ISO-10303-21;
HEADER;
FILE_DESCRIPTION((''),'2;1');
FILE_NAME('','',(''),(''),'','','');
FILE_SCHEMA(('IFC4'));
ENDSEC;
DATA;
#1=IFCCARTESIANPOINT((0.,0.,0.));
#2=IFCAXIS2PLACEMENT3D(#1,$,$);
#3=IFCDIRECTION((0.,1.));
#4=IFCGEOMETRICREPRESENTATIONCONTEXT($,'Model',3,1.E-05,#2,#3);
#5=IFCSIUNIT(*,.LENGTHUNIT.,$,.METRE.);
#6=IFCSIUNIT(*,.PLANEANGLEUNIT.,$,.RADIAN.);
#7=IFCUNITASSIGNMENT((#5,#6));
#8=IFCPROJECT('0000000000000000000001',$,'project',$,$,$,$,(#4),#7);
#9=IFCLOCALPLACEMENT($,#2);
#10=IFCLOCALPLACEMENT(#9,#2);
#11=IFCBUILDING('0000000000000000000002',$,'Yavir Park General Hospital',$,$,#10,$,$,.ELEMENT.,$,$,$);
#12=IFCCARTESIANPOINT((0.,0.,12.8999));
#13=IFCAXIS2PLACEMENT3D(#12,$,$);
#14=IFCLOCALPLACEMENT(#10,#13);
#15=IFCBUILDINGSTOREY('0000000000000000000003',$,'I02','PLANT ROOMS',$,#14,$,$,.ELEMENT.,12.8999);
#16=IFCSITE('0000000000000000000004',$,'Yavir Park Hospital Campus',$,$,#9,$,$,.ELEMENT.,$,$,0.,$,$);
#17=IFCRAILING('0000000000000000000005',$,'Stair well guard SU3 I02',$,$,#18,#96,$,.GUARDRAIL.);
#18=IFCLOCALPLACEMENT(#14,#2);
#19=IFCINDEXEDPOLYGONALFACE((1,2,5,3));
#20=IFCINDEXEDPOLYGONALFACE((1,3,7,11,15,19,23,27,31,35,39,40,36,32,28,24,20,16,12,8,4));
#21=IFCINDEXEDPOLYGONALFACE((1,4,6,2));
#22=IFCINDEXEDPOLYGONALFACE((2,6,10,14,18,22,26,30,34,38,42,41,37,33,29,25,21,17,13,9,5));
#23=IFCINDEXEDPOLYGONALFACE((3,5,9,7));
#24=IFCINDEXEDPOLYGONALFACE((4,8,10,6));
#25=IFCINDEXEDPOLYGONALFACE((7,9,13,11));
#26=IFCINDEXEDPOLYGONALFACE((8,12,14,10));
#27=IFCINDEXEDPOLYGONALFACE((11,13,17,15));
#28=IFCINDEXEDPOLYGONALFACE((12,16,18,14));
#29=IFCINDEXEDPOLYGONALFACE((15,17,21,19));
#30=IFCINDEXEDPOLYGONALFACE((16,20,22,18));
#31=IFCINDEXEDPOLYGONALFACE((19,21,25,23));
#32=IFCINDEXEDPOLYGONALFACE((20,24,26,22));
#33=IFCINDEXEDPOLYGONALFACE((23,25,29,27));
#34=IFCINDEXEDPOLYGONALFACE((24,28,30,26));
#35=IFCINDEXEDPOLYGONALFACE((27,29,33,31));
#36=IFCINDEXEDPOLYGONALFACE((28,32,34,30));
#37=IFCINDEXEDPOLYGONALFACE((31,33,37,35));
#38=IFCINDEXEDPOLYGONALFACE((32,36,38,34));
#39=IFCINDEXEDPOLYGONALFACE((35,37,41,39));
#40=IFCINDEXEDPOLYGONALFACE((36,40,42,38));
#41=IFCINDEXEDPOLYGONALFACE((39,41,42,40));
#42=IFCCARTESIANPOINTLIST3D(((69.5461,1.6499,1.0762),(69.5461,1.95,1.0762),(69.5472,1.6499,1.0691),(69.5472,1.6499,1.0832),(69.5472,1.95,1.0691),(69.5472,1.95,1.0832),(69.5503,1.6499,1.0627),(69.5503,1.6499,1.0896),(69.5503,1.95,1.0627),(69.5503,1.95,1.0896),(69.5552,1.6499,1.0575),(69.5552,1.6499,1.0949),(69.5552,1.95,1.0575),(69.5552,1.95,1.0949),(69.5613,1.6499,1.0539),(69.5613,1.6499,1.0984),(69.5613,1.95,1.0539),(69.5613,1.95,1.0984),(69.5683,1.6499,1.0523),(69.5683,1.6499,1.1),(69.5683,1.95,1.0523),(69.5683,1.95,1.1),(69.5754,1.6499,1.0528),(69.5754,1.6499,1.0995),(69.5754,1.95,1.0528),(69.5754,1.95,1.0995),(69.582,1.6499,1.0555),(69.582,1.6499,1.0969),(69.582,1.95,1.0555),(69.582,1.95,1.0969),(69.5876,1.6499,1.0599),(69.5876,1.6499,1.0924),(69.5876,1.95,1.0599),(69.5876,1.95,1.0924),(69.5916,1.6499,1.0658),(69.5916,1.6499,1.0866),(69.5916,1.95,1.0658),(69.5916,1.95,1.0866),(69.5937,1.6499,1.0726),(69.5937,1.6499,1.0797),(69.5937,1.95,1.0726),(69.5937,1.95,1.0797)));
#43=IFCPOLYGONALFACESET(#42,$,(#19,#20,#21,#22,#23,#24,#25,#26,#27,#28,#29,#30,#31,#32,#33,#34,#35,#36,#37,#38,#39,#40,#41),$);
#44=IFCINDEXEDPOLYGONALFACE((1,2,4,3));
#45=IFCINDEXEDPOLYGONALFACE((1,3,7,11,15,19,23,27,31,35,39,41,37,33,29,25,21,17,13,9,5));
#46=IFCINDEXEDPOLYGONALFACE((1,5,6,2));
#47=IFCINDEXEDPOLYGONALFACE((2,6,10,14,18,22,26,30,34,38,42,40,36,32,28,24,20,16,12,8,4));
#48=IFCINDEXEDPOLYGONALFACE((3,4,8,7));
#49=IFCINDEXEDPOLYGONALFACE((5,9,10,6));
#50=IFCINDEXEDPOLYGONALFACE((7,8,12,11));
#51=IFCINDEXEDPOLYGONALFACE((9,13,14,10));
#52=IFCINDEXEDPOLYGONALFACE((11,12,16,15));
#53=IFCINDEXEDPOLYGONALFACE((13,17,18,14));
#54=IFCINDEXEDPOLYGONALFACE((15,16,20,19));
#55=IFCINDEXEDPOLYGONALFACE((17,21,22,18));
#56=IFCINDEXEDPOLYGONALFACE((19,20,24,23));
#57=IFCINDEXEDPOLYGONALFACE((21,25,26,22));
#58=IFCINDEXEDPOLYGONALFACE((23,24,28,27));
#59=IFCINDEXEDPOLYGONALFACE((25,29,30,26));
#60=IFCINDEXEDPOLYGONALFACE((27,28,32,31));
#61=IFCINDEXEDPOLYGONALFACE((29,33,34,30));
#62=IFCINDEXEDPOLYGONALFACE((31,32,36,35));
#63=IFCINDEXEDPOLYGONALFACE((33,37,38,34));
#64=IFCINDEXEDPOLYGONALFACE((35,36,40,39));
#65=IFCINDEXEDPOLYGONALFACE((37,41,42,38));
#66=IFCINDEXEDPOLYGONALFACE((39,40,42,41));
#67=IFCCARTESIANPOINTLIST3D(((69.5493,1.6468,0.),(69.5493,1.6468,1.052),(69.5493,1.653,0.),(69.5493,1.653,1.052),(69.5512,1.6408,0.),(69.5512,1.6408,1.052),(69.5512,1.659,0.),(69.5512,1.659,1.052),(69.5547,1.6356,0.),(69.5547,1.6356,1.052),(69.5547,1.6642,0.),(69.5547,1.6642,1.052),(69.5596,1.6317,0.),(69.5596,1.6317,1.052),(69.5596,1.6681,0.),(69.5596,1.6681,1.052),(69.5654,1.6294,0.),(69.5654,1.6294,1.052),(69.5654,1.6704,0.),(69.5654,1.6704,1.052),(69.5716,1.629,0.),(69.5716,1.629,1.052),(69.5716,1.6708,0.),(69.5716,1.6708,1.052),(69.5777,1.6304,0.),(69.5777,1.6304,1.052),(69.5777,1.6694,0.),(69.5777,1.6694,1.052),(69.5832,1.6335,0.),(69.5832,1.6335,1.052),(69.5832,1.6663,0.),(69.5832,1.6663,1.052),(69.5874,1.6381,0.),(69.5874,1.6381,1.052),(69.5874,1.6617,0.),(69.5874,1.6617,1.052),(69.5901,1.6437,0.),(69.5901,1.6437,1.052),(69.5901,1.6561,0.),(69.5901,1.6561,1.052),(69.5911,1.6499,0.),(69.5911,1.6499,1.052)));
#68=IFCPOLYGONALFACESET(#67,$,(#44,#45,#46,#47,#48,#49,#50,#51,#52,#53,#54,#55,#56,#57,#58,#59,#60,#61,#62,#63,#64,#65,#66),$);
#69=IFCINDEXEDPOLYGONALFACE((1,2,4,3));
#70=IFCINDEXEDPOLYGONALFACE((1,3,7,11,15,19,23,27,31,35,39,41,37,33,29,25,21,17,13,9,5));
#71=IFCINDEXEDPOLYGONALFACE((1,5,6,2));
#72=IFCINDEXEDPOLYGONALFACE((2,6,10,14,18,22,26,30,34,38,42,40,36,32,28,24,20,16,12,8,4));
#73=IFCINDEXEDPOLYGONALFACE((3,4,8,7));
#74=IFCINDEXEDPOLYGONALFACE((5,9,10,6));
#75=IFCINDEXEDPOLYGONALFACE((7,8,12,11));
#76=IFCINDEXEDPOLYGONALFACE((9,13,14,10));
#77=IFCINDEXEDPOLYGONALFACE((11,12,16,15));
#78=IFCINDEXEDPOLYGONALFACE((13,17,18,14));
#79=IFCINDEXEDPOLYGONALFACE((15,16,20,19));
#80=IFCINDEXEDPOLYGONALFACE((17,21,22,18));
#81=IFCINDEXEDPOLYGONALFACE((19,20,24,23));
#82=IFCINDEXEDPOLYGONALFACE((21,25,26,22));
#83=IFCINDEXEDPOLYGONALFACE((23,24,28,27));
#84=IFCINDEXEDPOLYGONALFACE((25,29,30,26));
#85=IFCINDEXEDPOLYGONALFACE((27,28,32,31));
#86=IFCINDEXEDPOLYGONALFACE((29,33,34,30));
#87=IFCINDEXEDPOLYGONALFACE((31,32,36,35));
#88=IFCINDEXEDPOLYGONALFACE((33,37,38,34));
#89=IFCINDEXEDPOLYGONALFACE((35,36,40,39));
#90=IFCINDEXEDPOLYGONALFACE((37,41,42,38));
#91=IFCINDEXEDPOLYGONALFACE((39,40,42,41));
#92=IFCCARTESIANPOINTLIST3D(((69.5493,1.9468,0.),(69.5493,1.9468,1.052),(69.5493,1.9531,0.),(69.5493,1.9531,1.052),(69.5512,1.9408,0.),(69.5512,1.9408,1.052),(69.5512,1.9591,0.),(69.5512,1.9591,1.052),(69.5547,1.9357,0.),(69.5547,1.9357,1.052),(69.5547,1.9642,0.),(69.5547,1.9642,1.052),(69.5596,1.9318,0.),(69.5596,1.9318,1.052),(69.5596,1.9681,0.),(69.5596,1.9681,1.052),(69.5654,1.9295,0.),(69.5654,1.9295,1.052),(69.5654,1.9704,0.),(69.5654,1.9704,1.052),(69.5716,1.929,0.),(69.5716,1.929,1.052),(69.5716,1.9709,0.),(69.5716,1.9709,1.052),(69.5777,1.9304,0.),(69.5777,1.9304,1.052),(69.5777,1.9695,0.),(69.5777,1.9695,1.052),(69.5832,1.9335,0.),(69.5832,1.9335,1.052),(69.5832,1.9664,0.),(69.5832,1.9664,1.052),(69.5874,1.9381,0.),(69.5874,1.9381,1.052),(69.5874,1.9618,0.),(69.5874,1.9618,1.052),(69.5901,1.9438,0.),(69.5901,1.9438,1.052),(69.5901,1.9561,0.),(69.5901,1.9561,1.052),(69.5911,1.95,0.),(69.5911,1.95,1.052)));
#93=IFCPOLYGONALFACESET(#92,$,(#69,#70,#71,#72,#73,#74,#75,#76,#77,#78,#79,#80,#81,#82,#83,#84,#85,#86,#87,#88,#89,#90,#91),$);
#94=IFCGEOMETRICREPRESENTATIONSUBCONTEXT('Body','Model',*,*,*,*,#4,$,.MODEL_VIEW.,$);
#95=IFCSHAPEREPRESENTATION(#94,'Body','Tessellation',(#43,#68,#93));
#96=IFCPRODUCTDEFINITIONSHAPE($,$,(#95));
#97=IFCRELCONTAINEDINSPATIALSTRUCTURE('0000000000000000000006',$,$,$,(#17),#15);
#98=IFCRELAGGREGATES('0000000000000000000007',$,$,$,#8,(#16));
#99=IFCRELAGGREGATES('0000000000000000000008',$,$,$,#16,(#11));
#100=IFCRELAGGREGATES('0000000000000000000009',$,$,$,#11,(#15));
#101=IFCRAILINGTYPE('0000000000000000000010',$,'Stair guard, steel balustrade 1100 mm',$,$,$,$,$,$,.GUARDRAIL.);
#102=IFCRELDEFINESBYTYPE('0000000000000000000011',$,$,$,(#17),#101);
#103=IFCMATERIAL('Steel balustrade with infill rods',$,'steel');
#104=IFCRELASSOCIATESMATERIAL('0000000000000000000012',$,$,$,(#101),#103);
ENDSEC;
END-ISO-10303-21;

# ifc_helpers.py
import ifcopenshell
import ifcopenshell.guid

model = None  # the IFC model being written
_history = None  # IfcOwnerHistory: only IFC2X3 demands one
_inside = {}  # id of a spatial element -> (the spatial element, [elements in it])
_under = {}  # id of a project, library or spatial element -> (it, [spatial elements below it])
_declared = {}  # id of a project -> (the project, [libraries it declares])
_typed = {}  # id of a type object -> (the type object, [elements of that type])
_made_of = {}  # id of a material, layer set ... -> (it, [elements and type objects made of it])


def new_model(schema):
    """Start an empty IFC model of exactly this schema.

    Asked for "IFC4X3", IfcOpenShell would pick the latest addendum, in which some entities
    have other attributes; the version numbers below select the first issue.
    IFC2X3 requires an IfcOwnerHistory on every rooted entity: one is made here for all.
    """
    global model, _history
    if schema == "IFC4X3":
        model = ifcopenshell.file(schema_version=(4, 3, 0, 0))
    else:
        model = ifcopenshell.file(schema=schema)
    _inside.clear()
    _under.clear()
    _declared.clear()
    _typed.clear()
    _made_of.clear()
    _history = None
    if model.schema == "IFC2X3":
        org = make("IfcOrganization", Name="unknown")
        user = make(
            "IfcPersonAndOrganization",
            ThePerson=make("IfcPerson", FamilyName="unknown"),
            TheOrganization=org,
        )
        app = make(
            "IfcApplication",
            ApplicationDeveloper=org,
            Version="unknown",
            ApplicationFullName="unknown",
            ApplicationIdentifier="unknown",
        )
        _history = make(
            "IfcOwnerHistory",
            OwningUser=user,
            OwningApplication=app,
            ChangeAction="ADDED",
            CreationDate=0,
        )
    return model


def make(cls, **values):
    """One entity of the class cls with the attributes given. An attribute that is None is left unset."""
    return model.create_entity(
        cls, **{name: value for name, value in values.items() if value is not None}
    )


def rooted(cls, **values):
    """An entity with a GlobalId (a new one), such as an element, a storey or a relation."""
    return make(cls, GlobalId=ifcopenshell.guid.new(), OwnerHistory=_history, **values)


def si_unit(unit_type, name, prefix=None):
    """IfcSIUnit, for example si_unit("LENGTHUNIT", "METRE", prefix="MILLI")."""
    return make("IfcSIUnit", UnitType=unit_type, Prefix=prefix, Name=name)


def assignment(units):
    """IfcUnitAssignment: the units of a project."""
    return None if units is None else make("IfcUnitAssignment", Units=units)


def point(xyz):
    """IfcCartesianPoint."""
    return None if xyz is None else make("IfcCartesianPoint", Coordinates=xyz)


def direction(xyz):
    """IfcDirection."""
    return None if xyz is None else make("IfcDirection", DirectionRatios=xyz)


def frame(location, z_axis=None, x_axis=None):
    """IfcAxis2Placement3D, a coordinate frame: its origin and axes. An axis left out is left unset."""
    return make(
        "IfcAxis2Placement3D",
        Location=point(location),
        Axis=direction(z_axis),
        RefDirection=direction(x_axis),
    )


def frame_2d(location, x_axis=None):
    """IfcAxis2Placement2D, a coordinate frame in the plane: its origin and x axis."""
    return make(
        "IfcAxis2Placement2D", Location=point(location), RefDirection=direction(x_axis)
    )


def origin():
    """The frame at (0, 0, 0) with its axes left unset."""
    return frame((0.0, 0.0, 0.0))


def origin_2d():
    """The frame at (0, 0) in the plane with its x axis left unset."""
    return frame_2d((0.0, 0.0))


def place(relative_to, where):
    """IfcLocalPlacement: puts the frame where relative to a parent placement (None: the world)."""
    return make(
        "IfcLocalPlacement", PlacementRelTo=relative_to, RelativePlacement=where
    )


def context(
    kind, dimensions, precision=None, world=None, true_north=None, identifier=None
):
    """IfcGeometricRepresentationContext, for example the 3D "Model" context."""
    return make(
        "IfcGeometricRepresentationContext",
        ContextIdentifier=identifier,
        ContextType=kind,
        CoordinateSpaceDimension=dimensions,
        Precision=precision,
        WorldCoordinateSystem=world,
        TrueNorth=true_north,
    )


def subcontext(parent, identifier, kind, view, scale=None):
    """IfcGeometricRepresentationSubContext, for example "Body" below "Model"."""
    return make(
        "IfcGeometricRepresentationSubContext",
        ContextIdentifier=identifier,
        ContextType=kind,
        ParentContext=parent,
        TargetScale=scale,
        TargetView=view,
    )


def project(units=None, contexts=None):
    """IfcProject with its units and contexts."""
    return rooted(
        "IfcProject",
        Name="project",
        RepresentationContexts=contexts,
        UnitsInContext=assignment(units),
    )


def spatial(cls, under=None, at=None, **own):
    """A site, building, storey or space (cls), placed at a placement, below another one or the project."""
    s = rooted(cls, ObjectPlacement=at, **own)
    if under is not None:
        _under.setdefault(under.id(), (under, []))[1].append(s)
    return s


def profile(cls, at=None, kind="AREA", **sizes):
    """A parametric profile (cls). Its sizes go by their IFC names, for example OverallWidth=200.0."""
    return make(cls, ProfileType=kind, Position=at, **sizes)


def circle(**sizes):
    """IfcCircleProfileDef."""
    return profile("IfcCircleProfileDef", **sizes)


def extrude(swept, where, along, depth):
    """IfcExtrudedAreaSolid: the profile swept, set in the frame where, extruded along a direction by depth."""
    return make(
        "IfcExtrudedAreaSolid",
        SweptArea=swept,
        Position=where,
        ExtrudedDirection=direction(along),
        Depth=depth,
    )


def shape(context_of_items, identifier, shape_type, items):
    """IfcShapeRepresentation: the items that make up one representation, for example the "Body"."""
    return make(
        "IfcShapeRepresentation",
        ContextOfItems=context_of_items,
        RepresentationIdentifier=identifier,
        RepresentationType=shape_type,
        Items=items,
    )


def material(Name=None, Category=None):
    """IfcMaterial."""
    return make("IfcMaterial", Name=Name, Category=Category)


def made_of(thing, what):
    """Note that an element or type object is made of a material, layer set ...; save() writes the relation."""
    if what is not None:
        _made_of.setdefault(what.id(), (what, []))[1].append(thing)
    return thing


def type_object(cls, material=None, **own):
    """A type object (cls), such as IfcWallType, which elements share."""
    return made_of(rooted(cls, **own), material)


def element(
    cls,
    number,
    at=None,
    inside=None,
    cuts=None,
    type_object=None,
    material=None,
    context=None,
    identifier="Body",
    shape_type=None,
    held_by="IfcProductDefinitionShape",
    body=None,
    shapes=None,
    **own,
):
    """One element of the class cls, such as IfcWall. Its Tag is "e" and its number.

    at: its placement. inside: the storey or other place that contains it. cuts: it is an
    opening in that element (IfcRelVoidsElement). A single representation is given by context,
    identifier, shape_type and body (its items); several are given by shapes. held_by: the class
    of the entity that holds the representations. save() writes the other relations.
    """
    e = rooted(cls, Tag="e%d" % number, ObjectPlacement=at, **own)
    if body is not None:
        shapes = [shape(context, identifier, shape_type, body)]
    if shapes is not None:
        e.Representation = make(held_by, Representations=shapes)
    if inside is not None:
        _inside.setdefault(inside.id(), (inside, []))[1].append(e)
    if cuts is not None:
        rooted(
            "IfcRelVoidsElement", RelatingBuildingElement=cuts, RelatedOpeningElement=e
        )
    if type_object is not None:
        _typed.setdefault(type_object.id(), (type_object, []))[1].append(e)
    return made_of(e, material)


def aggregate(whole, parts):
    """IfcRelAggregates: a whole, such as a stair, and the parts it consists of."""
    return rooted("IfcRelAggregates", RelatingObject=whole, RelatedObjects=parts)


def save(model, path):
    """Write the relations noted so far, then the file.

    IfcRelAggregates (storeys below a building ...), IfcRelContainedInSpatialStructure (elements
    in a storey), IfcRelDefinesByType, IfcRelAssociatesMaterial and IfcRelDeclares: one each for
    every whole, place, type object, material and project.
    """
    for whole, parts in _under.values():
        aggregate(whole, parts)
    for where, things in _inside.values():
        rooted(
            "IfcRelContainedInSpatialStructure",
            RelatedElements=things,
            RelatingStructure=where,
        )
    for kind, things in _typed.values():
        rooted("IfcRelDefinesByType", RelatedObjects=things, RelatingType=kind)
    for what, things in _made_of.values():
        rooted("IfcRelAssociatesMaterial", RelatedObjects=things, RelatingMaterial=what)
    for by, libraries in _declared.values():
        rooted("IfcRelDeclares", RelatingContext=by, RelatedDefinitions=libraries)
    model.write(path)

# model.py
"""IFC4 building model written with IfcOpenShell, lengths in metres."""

from ifc_helpers import new_model, si_unit, direction, frame, origin, origin_2d, place, context, subcontext, project, spatial, circle, extrude, material, type_object, element, save


model = new_model("IFC4")

# Units and contexts
model_context = context("Model", 3, precision=1e-05, world=origin(), true_north=direction((0.0, 1.0)))
body_context = subcontext(model_context, "Body", "Model", "MODEL_VIEW")
ifc_project = project(units=[si_unit("LENGTHUNIT", "METRE"), si_unit("PLANEANGLEUNIT", "RADIAN")], contexts=[model_context])

# Site, building, storey
site_placement = place(None, origin())
site = spatial("IfcSite", under=ifc_project, at=site_placement, Name="Yavir Park Hospital Campus", CompositionType="ELEMENT", RefElevation=0.0)
building_placement = place(site_placement, origin())
building = spatial("IfcBuilding", under=site, at=building_placement, Name="Yavir Park General Hospital", CompositionType="ELEMENT")
storey_placement = place(building_placement, frame((0.0, 0.0, 12.8999)))
storey = spatial("IfcBuildingStorey", under=building, at=storey_placement, Name="I02", Description="PLANT ROOMS", CompositionType="ELEMENT", Elevation=12.8999)

# Railing
ifc_material_1 = material(Name="Steel balustrade with infill rods", Category="steel")
railing_type_1 = type_object("IfcRailingType", Name="Stair guard, steel balustrade 1100 mm", PredefinedType="GUARDRAIL", material=ifc_material_1)
railing_placement = place(storey_placement, frame((69.5701, 1.6499, 0.0)))
element("IfcRailing", 1, at=railing_placement, inside=storey, type_object=railing_type_1, Name="Stair well guard SU3 I02", PredefinedType="GUARDRAIL", context=body_context, shape_type="SweptSolid", body=[
    extrude(circle(Radius=0.0239, at=origin_2d()), frame((0.0, 0.0, 1.0762), z_axis=(0.0, 1.0, 0.0), x_axis=(-1.0, 0.0, 0.0)), (0.0, 0.0, 1.0), 0.3),
    extrude(circle(Radius=0.021, at=origin_2d()), origin(), (0.0, 0.0, 1.0), 1.052),
    extrude(circle(Radius=0.021, at=origin_2d()), frame((0.0, 0.3, 0.0)), (0.0, 0.0, 1.0), 1.052),
])

save(model, "model.ifc")
